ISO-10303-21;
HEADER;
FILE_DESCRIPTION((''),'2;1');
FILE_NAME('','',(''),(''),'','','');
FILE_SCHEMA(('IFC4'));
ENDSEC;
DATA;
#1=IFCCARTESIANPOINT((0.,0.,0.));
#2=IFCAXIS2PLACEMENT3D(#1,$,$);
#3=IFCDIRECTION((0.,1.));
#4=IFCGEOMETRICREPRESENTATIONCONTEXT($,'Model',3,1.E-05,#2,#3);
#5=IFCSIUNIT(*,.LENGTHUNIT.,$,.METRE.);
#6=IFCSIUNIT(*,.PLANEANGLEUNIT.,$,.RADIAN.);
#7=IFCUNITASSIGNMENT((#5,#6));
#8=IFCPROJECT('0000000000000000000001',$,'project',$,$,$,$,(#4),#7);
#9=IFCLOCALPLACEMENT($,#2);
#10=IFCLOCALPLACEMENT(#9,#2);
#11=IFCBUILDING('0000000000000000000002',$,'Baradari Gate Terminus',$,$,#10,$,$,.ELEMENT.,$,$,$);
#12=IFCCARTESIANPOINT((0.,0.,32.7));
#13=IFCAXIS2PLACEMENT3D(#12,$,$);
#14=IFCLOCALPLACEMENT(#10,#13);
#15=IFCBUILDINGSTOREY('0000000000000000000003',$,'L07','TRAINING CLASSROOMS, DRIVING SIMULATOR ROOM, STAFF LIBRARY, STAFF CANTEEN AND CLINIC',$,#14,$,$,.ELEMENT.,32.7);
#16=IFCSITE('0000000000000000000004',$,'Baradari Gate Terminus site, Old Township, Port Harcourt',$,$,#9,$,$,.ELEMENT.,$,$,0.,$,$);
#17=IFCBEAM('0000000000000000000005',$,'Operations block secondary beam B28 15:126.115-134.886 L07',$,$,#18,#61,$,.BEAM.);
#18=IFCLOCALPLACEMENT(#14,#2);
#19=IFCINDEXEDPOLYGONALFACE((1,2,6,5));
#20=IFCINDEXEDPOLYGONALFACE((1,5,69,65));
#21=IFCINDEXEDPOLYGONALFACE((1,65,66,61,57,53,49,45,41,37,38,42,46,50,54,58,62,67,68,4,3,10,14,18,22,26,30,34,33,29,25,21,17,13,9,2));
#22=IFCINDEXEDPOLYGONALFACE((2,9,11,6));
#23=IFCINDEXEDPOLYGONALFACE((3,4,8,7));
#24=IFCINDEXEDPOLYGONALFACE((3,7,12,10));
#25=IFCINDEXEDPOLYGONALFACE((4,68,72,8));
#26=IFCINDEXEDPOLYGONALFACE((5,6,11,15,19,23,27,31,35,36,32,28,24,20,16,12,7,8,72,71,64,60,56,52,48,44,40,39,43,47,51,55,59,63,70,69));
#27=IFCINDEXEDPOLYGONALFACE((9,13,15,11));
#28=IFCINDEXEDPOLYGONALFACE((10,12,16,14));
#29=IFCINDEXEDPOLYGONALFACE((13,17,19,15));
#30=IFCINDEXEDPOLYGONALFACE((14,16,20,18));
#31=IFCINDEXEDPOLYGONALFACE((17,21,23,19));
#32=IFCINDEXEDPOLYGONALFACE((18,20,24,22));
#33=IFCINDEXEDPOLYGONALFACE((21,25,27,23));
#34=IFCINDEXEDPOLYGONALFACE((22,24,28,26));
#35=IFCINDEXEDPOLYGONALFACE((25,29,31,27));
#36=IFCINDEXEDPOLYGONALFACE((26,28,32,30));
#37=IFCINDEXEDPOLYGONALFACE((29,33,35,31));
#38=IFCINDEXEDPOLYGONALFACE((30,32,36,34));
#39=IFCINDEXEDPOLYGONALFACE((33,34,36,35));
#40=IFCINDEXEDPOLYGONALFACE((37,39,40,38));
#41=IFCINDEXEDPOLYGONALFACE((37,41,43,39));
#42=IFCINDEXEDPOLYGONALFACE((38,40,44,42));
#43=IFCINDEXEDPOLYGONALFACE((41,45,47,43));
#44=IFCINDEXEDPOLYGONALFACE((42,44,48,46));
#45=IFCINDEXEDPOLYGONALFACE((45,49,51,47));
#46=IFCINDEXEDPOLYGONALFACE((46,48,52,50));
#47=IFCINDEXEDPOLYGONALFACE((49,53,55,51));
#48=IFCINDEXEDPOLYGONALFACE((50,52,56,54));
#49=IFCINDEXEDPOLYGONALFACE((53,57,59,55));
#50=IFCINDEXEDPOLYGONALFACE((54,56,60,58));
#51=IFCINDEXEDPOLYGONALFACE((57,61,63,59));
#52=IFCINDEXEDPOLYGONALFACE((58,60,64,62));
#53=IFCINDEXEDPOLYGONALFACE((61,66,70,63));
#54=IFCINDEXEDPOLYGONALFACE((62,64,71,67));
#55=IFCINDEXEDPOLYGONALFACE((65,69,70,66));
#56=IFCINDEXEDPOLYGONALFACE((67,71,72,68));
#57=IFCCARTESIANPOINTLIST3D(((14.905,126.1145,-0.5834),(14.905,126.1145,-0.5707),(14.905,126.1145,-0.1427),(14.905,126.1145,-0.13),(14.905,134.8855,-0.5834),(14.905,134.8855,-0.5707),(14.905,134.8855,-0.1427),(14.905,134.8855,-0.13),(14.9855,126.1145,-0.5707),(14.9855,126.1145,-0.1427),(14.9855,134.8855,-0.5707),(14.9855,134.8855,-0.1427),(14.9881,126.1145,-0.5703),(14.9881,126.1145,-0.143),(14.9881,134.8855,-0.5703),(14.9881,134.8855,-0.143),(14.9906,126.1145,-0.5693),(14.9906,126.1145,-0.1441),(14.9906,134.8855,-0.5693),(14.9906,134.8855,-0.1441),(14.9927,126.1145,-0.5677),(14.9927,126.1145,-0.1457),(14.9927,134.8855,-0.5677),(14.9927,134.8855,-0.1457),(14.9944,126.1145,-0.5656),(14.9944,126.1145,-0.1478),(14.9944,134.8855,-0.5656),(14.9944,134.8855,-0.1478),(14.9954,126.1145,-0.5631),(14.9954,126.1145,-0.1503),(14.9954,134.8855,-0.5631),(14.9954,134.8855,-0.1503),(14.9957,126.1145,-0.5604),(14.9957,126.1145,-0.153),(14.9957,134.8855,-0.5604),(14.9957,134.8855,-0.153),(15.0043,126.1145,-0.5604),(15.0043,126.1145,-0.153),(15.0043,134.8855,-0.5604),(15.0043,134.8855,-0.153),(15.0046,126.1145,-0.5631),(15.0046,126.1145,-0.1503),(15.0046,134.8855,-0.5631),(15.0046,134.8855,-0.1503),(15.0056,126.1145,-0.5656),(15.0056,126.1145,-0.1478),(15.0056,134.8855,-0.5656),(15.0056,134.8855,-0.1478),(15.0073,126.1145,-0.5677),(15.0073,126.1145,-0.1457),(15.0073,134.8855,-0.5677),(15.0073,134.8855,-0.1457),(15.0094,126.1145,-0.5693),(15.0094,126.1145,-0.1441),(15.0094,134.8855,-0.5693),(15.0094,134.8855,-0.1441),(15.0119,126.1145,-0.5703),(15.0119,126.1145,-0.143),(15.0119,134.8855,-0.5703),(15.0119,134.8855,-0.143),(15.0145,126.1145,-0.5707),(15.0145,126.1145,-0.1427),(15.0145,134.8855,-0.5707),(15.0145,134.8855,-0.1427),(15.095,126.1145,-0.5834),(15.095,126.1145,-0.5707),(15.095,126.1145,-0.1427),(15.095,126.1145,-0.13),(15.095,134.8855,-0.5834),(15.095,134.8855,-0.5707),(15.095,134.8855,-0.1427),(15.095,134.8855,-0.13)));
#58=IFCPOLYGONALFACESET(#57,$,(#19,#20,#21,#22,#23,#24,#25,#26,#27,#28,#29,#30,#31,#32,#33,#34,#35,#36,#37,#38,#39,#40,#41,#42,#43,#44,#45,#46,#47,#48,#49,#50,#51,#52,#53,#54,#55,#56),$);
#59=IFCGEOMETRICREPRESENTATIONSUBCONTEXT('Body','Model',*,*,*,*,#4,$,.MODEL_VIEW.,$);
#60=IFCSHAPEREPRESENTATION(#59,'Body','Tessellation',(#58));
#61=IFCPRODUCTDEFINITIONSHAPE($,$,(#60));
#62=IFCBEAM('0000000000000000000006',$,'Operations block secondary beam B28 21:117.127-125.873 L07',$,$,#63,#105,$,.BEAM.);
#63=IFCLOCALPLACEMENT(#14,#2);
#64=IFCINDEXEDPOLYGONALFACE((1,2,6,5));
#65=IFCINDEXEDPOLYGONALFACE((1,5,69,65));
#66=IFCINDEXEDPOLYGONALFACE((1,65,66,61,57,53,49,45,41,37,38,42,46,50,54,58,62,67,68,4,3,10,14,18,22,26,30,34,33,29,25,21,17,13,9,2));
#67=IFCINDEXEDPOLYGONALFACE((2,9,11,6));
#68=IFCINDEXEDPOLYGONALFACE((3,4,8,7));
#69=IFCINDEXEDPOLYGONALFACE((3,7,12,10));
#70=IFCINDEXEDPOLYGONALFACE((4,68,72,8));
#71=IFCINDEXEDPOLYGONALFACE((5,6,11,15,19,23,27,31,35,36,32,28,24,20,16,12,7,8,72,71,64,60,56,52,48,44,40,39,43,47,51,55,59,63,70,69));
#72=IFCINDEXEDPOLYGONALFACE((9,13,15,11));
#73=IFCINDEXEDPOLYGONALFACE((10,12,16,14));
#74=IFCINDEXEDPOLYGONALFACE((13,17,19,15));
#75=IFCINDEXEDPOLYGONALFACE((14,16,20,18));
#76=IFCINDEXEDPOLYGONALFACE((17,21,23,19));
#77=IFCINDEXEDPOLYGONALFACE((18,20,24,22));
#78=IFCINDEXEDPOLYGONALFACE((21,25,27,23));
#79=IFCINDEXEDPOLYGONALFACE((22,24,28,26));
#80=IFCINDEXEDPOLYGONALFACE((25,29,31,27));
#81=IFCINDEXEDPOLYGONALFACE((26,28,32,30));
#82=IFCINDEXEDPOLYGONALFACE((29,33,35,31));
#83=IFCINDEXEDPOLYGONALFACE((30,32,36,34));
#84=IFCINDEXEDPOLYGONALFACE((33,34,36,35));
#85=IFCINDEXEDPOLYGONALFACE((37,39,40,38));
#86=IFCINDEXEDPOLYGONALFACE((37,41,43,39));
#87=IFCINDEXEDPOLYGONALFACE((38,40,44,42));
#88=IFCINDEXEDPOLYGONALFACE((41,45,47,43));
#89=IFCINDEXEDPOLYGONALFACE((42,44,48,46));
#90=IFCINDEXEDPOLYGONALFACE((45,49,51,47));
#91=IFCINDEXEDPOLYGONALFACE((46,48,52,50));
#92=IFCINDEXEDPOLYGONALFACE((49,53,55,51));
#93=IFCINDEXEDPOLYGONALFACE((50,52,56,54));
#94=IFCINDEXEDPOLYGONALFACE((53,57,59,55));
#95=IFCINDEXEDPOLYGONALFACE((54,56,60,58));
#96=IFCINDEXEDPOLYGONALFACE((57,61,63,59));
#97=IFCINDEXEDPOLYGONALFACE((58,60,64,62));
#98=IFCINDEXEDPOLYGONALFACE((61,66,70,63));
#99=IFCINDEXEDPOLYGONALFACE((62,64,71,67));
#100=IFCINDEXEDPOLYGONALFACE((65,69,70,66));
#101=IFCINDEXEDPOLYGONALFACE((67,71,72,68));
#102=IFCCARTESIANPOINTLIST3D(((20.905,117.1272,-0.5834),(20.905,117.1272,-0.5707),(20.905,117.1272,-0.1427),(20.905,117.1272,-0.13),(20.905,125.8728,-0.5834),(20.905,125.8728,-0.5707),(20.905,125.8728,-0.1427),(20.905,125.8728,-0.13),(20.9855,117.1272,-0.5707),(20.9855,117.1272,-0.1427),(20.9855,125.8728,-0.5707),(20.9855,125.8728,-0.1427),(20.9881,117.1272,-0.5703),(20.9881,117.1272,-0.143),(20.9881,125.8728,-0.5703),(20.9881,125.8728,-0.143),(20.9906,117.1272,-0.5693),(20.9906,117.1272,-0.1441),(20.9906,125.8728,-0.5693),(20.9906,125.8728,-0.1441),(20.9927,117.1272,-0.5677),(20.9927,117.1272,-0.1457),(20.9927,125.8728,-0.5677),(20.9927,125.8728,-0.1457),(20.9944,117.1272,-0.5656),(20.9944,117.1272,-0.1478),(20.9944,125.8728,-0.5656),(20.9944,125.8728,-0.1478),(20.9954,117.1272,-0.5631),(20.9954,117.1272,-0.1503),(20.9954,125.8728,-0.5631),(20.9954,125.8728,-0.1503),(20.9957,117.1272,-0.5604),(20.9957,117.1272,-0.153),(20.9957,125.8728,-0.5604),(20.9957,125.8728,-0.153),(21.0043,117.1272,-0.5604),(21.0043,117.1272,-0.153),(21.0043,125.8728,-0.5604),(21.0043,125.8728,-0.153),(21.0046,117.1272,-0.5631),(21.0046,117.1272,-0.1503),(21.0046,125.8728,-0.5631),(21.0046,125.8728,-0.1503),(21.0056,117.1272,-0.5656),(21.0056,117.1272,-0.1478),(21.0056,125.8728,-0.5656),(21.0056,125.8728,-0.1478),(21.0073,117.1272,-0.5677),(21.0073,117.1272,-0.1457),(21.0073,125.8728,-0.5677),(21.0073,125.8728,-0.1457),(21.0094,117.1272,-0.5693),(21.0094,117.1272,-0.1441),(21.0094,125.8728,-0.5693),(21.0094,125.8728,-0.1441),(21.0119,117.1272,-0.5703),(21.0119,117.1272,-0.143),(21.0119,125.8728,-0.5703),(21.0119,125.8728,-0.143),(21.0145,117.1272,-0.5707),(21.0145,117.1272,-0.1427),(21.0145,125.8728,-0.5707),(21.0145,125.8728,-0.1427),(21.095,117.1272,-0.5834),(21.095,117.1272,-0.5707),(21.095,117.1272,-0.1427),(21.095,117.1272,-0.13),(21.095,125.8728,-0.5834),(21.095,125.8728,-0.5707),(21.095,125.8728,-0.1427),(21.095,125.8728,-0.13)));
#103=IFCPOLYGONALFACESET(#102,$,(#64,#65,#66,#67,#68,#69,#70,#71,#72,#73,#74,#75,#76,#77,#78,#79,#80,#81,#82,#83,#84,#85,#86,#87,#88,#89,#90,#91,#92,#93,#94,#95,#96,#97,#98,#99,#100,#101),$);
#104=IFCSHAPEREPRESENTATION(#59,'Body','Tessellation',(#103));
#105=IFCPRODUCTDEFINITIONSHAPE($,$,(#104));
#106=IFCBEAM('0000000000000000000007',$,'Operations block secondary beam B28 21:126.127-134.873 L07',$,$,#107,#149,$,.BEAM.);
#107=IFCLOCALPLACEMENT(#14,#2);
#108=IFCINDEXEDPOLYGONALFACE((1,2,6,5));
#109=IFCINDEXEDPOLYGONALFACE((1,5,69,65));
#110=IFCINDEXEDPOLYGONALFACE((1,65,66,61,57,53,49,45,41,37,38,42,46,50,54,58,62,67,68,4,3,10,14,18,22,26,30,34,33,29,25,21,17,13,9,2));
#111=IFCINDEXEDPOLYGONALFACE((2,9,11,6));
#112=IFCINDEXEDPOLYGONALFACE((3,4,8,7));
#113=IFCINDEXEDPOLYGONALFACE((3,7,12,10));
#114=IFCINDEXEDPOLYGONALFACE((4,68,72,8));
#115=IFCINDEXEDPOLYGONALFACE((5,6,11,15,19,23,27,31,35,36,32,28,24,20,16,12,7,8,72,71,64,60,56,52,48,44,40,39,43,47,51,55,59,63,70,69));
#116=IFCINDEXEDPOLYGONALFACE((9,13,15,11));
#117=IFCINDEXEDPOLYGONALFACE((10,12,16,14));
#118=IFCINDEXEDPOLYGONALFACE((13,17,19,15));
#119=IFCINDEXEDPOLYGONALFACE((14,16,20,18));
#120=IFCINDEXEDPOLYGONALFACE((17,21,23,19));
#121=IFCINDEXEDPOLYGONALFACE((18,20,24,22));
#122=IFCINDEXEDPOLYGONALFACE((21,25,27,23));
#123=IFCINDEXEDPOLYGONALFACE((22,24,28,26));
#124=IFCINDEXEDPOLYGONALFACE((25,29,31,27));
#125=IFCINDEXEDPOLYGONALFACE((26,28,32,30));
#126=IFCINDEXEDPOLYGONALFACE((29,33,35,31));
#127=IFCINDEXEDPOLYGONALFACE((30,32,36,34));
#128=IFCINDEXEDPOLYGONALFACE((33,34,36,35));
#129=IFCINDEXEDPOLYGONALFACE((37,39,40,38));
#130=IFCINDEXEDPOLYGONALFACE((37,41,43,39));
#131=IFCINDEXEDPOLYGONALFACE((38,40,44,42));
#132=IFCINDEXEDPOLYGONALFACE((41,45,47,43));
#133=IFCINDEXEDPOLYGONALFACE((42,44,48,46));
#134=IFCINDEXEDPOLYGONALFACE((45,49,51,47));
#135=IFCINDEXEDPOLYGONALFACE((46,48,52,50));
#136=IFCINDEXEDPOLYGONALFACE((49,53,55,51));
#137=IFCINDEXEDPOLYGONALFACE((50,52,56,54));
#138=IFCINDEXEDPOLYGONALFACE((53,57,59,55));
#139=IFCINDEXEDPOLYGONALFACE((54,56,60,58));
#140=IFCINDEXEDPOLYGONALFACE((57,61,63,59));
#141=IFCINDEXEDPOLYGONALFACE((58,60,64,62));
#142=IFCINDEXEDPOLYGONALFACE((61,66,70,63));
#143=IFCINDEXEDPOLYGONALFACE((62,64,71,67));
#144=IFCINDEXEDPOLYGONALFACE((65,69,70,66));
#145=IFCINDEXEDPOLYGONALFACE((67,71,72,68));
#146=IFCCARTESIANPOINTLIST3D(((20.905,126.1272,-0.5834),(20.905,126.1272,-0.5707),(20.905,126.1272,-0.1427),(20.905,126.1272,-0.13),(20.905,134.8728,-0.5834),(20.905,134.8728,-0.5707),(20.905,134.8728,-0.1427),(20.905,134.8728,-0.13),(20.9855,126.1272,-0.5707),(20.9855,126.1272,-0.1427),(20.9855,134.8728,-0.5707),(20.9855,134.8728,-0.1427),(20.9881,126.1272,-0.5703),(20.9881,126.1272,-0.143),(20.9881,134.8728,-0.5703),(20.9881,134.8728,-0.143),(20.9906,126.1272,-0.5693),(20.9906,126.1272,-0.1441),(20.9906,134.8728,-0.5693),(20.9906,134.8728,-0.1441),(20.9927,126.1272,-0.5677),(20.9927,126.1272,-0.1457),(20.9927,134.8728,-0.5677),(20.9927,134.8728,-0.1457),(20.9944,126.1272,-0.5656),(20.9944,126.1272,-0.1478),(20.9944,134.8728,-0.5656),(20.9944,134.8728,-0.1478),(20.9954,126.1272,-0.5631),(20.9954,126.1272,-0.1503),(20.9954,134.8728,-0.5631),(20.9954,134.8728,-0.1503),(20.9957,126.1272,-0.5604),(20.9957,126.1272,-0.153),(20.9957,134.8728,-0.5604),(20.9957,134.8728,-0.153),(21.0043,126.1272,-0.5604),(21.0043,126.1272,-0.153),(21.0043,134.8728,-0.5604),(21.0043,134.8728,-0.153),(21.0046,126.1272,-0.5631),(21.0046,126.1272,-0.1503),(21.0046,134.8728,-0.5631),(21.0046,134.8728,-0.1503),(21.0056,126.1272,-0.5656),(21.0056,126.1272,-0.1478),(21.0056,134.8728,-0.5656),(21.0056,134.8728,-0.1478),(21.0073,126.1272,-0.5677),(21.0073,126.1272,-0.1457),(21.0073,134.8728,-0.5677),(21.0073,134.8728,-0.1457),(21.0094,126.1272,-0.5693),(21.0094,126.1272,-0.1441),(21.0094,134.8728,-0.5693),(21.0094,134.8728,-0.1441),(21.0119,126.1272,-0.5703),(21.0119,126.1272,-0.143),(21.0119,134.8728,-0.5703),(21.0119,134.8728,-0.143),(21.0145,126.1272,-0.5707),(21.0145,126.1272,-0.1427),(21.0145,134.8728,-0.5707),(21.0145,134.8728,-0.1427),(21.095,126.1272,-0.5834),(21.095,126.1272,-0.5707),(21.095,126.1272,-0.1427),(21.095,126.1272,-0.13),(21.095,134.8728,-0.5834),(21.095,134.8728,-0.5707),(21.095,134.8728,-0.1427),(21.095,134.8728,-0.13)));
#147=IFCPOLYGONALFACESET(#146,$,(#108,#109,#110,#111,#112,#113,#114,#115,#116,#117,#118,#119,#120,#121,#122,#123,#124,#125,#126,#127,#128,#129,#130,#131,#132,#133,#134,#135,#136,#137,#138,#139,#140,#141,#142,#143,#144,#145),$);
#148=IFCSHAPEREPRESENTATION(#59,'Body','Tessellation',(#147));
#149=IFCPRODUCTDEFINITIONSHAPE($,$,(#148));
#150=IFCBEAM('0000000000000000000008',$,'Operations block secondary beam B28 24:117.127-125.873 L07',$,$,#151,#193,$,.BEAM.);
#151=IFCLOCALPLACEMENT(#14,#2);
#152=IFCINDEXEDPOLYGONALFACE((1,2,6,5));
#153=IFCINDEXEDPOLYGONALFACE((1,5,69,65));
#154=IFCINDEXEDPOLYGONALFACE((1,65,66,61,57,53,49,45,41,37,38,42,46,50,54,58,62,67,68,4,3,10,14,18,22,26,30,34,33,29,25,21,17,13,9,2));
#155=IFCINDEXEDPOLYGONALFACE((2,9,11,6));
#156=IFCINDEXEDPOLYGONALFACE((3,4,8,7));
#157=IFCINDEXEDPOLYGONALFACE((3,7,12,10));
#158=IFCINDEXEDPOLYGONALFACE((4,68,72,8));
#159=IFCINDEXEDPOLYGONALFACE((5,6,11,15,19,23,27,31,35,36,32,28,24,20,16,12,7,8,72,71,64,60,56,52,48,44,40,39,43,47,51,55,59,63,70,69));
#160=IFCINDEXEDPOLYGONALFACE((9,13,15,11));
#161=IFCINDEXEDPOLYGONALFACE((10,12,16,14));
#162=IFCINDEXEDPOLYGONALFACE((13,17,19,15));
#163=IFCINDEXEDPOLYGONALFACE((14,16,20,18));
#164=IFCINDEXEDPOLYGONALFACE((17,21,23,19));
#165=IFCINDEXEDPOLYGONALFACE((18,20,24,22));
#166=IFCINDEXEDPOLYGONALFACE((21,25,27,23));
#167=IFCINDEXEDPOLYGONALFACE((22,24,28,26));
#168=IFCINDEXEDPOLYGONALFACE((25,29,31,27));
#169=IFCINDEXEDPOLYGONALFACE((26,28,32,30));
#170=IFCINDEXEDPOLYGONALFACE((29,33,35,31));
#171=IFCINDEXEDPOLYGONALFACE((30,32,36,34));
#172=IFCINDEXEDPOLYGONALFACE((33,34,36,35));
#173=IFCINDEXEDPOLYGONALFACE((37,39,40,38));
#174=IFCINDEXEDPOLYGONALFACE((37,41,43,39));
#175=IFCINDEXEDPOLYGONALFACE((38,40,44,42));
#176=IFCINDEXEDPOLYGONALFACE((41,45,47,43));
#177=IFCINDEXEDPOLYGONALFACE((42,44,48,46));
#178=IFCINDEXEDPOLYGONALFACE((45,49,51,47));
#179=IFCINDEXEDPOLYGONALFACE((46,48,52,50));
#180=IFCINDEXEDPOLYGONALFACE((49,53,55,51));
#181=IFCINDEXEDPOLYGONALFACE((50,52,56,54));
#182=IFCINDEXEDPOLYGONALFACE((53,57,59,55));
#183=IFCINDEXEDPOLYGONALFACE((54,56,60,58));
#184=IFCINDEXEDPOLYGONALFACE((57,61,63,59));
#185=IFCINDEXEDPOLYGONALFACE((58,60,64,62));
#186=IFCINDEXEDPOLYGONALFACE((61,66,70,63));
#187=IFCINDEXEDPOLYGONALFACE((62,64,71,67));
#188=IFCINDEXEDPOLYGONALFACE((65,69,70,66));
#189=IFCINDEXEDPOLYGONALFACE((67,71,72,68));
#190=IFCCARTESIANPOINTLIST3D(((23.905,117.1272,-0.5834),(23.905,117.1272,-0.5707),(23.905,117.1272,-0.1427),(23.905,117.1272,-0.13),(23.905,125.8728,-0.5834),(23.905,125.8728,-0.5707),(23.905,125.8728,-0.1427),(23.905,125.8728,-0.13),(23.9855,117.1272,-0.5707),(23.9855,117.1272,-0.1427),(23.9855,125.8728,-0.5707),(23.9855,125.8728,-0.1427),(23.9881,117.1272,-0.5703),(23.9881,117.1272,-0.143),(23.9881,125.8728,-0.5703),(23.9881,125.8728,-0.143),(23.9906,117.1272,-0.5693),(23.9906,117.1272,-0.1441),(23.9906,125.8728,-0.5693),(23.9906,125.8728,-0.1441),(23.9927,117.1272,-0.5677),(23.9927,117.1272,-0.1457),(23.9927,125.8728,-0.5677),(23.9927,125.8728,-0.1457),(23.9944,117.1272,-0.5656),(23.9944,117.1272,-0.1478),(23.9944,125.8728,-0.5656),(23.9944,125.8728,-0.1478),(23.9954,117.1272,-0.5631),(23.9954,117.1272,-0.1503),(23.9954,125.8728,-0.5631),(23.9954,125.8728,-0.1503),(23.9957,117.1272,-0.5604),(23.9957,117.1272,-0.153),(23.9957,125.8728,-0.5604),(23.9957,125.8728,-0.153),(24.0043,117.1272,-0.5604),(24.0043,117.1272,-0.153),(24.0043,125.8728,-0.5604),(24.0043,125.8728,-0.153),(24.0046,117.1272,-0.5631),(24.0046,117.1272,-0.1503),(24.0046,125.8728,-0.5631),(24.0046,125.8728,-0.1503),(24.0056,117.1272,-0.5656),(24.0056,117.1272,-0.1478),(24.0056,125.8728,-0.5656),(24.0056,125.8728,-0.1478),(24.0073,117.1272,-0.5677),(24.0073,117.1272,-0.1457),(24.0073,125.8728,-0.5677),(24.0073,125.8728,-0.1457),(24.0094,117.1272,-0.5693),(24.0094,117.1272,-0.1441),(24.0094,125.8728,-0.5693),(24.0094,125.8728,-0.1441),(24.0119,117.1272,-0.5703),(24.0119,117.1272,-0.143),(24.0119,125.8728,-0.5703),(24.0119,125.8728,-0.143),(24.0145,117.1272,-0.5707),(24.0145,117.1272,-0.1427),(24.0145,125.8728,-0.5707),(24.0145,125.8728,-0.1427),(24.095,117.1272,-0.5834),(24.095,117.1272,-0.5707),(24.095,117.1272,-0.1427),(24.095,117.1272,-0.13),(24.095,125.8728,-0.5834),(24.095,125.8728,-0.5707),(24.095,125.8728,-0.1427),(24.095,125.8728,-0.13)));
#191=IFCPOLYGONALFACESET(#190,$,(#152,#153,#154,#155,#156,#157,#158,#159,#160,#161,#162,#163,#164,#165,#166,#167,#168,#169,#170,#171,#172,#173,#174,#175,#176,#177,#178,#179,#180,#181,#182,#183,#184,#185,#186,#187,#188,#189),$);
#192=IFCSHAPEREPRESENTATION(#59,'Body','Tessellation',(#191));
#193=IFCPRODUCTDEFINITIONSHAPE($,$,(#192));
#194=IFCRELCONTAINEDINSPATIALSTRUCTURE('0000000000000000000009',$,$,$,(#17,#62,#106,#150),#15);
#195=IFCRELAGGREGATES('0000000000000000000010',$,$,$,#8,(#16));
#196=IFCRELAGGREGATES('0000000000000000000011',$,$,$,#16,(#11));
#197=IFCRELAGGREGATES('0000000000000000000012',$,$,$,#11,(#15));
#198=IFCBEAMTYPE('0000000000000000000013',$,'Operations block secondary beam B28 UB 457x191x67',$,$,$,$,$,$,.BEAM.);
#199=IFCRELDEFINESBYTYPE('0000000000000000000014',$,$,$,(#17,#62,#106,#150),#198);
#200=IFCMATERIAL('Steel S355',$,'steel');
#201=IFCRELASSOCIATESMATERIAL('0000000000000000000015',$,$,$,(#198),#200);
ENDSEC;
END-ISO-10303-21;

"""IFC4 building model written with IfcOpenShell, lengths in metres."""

from ifc_helpers import new_model, si_unit, direction, frame, origin, origin_2d, place, context, subcontext, project, spatial, i_section, extrude, material, material_profile, profile_set, type_object, element, save


model = new_model("IFC4")

# Units and contexts
model_context = context("Model", 3, precision=1e-05, world=origin(), true_north=direction((0.0, 1.0)))
body_context = subcontext(model_context, "Body", "Model", "MODEL_VIEW")
ifc_project = project(units=[si_unit("LENGTHUNIT", "METRE"), si_unit("PLANEANGLEUNIT", "RADIAN")], contexts=[model_context])

# Site, building, storey
site_placement = place(None, origin())
site = spatial("IfcSite", under=ifc_project, at=site_placement, Name="Baradari Gate Terminus site, Old Township, Port Harcourt", CompositionType="ELEMENT", RefElevation=0.0)
building_placement = place(site_placement, origin())
building = spatial("IfcBuilding", under=site, at=building_placement, Name="Baradari Gate Terminus", CompositionType="ELEMENT")
storey_placement = place(building_placement, frame((0.0, 0.0, 32.7)))
storey = spatial("IfcBuildingStorey", under=building, at=storey_placement, Name="L07", Description="TRAINING CLASSROOMS, DRIVING SIMULATOR ROOM, STAFF LIBRARY, STAFF CANTEEN AND CLINIC", CompositionType="ELEMENT", Elevation=32.7)

# Beams
ifc_material_1 = material(Name="Steel S355", Category="steel")
ifc_material_profile_1 = material_profile(ifc_material_1, i_section(OverallWidth=0.1899, OverallDepth=0.4534, WebThickness=0.0085, FlangeThickness=0.0127, FilletRadius=0.0103, at=origin_2d()), Name="UB 457x191x67")
ifc_profile_set_1 = profile_set([ifc_material_profile_1], Name="Steel S355")
beam_type_1 = type_object("IfcBeamType", Name="Operations block secondary beam B28 UB 457x191x67", PredefinedType="BEAM", material=ifc_profile_set_1)
beam_1_placement = place(storey_placement, frame((15.0, 126.1145, -0.3567), z_axis=(0.0, 1.0, 0.0), x_axis=(-1.0, 0.0, 0.0)))
element("IfcBeam", 1, at=beam_1_placement, inside=storey, type_object=beam_type_1, Name="Operations block secondary beam B28 15:126.115-134.886 L07", PredefinedType="BEAM", context=body_context, shape_type="SweptSolid", body=[
    extrude(i_section(OverallWidth=0.1899, OverallDepth=0.4534, WebThickness=0.0085, FlangeThickness=0.0127, FilletRadius=0.0103, at=origin_2d()), origin(), (0.0, 0.0, 1.0), 8.771),
])
for number, where, z_axis, x_axis, name in (
    (2, (21.0, 117.1272, -0.3567), (0.0, 1.0, 0.0), (-1.0, 0.0, 0.0), "Operations block secondary beam B28 21:117.127-125.873 L07"),
    (3, (21.0, 126.1272, -0.3567), (0.0, 1.0, 0.0), (-1.0, 0.0, 0.0), "Operations block secondary beam B28 21:126.127-134.873 L07"),
    (4, (24.0, 117.1272, -0.3567), (0.0, 1.0, 0.0), (-1.0, 0.0, 0.0), "Operations block secondary beam B28 24:117.127-125.873 L07"),
):
    element("IfcBeam", number, at=place(storey_placement, frame(where, z_axis=z_axis, x_axis=x_axis)), inside=storey, type_object=beam_type_1, Name=name, PredefinedType="BEAM", context=body_context, shape_type="SweptSolid", body=[
        extrude(i_section(OverallWidth=0.1899, OverallDepth=0.4534, WebThickness=0.0085, FlangeThickness=0.0127, FilletRadius=0.0103, at=origin_2d()), origin(), (0.0, 0.0, 1.0), 8.7456),
    ])

save(model, "model.ifc")
